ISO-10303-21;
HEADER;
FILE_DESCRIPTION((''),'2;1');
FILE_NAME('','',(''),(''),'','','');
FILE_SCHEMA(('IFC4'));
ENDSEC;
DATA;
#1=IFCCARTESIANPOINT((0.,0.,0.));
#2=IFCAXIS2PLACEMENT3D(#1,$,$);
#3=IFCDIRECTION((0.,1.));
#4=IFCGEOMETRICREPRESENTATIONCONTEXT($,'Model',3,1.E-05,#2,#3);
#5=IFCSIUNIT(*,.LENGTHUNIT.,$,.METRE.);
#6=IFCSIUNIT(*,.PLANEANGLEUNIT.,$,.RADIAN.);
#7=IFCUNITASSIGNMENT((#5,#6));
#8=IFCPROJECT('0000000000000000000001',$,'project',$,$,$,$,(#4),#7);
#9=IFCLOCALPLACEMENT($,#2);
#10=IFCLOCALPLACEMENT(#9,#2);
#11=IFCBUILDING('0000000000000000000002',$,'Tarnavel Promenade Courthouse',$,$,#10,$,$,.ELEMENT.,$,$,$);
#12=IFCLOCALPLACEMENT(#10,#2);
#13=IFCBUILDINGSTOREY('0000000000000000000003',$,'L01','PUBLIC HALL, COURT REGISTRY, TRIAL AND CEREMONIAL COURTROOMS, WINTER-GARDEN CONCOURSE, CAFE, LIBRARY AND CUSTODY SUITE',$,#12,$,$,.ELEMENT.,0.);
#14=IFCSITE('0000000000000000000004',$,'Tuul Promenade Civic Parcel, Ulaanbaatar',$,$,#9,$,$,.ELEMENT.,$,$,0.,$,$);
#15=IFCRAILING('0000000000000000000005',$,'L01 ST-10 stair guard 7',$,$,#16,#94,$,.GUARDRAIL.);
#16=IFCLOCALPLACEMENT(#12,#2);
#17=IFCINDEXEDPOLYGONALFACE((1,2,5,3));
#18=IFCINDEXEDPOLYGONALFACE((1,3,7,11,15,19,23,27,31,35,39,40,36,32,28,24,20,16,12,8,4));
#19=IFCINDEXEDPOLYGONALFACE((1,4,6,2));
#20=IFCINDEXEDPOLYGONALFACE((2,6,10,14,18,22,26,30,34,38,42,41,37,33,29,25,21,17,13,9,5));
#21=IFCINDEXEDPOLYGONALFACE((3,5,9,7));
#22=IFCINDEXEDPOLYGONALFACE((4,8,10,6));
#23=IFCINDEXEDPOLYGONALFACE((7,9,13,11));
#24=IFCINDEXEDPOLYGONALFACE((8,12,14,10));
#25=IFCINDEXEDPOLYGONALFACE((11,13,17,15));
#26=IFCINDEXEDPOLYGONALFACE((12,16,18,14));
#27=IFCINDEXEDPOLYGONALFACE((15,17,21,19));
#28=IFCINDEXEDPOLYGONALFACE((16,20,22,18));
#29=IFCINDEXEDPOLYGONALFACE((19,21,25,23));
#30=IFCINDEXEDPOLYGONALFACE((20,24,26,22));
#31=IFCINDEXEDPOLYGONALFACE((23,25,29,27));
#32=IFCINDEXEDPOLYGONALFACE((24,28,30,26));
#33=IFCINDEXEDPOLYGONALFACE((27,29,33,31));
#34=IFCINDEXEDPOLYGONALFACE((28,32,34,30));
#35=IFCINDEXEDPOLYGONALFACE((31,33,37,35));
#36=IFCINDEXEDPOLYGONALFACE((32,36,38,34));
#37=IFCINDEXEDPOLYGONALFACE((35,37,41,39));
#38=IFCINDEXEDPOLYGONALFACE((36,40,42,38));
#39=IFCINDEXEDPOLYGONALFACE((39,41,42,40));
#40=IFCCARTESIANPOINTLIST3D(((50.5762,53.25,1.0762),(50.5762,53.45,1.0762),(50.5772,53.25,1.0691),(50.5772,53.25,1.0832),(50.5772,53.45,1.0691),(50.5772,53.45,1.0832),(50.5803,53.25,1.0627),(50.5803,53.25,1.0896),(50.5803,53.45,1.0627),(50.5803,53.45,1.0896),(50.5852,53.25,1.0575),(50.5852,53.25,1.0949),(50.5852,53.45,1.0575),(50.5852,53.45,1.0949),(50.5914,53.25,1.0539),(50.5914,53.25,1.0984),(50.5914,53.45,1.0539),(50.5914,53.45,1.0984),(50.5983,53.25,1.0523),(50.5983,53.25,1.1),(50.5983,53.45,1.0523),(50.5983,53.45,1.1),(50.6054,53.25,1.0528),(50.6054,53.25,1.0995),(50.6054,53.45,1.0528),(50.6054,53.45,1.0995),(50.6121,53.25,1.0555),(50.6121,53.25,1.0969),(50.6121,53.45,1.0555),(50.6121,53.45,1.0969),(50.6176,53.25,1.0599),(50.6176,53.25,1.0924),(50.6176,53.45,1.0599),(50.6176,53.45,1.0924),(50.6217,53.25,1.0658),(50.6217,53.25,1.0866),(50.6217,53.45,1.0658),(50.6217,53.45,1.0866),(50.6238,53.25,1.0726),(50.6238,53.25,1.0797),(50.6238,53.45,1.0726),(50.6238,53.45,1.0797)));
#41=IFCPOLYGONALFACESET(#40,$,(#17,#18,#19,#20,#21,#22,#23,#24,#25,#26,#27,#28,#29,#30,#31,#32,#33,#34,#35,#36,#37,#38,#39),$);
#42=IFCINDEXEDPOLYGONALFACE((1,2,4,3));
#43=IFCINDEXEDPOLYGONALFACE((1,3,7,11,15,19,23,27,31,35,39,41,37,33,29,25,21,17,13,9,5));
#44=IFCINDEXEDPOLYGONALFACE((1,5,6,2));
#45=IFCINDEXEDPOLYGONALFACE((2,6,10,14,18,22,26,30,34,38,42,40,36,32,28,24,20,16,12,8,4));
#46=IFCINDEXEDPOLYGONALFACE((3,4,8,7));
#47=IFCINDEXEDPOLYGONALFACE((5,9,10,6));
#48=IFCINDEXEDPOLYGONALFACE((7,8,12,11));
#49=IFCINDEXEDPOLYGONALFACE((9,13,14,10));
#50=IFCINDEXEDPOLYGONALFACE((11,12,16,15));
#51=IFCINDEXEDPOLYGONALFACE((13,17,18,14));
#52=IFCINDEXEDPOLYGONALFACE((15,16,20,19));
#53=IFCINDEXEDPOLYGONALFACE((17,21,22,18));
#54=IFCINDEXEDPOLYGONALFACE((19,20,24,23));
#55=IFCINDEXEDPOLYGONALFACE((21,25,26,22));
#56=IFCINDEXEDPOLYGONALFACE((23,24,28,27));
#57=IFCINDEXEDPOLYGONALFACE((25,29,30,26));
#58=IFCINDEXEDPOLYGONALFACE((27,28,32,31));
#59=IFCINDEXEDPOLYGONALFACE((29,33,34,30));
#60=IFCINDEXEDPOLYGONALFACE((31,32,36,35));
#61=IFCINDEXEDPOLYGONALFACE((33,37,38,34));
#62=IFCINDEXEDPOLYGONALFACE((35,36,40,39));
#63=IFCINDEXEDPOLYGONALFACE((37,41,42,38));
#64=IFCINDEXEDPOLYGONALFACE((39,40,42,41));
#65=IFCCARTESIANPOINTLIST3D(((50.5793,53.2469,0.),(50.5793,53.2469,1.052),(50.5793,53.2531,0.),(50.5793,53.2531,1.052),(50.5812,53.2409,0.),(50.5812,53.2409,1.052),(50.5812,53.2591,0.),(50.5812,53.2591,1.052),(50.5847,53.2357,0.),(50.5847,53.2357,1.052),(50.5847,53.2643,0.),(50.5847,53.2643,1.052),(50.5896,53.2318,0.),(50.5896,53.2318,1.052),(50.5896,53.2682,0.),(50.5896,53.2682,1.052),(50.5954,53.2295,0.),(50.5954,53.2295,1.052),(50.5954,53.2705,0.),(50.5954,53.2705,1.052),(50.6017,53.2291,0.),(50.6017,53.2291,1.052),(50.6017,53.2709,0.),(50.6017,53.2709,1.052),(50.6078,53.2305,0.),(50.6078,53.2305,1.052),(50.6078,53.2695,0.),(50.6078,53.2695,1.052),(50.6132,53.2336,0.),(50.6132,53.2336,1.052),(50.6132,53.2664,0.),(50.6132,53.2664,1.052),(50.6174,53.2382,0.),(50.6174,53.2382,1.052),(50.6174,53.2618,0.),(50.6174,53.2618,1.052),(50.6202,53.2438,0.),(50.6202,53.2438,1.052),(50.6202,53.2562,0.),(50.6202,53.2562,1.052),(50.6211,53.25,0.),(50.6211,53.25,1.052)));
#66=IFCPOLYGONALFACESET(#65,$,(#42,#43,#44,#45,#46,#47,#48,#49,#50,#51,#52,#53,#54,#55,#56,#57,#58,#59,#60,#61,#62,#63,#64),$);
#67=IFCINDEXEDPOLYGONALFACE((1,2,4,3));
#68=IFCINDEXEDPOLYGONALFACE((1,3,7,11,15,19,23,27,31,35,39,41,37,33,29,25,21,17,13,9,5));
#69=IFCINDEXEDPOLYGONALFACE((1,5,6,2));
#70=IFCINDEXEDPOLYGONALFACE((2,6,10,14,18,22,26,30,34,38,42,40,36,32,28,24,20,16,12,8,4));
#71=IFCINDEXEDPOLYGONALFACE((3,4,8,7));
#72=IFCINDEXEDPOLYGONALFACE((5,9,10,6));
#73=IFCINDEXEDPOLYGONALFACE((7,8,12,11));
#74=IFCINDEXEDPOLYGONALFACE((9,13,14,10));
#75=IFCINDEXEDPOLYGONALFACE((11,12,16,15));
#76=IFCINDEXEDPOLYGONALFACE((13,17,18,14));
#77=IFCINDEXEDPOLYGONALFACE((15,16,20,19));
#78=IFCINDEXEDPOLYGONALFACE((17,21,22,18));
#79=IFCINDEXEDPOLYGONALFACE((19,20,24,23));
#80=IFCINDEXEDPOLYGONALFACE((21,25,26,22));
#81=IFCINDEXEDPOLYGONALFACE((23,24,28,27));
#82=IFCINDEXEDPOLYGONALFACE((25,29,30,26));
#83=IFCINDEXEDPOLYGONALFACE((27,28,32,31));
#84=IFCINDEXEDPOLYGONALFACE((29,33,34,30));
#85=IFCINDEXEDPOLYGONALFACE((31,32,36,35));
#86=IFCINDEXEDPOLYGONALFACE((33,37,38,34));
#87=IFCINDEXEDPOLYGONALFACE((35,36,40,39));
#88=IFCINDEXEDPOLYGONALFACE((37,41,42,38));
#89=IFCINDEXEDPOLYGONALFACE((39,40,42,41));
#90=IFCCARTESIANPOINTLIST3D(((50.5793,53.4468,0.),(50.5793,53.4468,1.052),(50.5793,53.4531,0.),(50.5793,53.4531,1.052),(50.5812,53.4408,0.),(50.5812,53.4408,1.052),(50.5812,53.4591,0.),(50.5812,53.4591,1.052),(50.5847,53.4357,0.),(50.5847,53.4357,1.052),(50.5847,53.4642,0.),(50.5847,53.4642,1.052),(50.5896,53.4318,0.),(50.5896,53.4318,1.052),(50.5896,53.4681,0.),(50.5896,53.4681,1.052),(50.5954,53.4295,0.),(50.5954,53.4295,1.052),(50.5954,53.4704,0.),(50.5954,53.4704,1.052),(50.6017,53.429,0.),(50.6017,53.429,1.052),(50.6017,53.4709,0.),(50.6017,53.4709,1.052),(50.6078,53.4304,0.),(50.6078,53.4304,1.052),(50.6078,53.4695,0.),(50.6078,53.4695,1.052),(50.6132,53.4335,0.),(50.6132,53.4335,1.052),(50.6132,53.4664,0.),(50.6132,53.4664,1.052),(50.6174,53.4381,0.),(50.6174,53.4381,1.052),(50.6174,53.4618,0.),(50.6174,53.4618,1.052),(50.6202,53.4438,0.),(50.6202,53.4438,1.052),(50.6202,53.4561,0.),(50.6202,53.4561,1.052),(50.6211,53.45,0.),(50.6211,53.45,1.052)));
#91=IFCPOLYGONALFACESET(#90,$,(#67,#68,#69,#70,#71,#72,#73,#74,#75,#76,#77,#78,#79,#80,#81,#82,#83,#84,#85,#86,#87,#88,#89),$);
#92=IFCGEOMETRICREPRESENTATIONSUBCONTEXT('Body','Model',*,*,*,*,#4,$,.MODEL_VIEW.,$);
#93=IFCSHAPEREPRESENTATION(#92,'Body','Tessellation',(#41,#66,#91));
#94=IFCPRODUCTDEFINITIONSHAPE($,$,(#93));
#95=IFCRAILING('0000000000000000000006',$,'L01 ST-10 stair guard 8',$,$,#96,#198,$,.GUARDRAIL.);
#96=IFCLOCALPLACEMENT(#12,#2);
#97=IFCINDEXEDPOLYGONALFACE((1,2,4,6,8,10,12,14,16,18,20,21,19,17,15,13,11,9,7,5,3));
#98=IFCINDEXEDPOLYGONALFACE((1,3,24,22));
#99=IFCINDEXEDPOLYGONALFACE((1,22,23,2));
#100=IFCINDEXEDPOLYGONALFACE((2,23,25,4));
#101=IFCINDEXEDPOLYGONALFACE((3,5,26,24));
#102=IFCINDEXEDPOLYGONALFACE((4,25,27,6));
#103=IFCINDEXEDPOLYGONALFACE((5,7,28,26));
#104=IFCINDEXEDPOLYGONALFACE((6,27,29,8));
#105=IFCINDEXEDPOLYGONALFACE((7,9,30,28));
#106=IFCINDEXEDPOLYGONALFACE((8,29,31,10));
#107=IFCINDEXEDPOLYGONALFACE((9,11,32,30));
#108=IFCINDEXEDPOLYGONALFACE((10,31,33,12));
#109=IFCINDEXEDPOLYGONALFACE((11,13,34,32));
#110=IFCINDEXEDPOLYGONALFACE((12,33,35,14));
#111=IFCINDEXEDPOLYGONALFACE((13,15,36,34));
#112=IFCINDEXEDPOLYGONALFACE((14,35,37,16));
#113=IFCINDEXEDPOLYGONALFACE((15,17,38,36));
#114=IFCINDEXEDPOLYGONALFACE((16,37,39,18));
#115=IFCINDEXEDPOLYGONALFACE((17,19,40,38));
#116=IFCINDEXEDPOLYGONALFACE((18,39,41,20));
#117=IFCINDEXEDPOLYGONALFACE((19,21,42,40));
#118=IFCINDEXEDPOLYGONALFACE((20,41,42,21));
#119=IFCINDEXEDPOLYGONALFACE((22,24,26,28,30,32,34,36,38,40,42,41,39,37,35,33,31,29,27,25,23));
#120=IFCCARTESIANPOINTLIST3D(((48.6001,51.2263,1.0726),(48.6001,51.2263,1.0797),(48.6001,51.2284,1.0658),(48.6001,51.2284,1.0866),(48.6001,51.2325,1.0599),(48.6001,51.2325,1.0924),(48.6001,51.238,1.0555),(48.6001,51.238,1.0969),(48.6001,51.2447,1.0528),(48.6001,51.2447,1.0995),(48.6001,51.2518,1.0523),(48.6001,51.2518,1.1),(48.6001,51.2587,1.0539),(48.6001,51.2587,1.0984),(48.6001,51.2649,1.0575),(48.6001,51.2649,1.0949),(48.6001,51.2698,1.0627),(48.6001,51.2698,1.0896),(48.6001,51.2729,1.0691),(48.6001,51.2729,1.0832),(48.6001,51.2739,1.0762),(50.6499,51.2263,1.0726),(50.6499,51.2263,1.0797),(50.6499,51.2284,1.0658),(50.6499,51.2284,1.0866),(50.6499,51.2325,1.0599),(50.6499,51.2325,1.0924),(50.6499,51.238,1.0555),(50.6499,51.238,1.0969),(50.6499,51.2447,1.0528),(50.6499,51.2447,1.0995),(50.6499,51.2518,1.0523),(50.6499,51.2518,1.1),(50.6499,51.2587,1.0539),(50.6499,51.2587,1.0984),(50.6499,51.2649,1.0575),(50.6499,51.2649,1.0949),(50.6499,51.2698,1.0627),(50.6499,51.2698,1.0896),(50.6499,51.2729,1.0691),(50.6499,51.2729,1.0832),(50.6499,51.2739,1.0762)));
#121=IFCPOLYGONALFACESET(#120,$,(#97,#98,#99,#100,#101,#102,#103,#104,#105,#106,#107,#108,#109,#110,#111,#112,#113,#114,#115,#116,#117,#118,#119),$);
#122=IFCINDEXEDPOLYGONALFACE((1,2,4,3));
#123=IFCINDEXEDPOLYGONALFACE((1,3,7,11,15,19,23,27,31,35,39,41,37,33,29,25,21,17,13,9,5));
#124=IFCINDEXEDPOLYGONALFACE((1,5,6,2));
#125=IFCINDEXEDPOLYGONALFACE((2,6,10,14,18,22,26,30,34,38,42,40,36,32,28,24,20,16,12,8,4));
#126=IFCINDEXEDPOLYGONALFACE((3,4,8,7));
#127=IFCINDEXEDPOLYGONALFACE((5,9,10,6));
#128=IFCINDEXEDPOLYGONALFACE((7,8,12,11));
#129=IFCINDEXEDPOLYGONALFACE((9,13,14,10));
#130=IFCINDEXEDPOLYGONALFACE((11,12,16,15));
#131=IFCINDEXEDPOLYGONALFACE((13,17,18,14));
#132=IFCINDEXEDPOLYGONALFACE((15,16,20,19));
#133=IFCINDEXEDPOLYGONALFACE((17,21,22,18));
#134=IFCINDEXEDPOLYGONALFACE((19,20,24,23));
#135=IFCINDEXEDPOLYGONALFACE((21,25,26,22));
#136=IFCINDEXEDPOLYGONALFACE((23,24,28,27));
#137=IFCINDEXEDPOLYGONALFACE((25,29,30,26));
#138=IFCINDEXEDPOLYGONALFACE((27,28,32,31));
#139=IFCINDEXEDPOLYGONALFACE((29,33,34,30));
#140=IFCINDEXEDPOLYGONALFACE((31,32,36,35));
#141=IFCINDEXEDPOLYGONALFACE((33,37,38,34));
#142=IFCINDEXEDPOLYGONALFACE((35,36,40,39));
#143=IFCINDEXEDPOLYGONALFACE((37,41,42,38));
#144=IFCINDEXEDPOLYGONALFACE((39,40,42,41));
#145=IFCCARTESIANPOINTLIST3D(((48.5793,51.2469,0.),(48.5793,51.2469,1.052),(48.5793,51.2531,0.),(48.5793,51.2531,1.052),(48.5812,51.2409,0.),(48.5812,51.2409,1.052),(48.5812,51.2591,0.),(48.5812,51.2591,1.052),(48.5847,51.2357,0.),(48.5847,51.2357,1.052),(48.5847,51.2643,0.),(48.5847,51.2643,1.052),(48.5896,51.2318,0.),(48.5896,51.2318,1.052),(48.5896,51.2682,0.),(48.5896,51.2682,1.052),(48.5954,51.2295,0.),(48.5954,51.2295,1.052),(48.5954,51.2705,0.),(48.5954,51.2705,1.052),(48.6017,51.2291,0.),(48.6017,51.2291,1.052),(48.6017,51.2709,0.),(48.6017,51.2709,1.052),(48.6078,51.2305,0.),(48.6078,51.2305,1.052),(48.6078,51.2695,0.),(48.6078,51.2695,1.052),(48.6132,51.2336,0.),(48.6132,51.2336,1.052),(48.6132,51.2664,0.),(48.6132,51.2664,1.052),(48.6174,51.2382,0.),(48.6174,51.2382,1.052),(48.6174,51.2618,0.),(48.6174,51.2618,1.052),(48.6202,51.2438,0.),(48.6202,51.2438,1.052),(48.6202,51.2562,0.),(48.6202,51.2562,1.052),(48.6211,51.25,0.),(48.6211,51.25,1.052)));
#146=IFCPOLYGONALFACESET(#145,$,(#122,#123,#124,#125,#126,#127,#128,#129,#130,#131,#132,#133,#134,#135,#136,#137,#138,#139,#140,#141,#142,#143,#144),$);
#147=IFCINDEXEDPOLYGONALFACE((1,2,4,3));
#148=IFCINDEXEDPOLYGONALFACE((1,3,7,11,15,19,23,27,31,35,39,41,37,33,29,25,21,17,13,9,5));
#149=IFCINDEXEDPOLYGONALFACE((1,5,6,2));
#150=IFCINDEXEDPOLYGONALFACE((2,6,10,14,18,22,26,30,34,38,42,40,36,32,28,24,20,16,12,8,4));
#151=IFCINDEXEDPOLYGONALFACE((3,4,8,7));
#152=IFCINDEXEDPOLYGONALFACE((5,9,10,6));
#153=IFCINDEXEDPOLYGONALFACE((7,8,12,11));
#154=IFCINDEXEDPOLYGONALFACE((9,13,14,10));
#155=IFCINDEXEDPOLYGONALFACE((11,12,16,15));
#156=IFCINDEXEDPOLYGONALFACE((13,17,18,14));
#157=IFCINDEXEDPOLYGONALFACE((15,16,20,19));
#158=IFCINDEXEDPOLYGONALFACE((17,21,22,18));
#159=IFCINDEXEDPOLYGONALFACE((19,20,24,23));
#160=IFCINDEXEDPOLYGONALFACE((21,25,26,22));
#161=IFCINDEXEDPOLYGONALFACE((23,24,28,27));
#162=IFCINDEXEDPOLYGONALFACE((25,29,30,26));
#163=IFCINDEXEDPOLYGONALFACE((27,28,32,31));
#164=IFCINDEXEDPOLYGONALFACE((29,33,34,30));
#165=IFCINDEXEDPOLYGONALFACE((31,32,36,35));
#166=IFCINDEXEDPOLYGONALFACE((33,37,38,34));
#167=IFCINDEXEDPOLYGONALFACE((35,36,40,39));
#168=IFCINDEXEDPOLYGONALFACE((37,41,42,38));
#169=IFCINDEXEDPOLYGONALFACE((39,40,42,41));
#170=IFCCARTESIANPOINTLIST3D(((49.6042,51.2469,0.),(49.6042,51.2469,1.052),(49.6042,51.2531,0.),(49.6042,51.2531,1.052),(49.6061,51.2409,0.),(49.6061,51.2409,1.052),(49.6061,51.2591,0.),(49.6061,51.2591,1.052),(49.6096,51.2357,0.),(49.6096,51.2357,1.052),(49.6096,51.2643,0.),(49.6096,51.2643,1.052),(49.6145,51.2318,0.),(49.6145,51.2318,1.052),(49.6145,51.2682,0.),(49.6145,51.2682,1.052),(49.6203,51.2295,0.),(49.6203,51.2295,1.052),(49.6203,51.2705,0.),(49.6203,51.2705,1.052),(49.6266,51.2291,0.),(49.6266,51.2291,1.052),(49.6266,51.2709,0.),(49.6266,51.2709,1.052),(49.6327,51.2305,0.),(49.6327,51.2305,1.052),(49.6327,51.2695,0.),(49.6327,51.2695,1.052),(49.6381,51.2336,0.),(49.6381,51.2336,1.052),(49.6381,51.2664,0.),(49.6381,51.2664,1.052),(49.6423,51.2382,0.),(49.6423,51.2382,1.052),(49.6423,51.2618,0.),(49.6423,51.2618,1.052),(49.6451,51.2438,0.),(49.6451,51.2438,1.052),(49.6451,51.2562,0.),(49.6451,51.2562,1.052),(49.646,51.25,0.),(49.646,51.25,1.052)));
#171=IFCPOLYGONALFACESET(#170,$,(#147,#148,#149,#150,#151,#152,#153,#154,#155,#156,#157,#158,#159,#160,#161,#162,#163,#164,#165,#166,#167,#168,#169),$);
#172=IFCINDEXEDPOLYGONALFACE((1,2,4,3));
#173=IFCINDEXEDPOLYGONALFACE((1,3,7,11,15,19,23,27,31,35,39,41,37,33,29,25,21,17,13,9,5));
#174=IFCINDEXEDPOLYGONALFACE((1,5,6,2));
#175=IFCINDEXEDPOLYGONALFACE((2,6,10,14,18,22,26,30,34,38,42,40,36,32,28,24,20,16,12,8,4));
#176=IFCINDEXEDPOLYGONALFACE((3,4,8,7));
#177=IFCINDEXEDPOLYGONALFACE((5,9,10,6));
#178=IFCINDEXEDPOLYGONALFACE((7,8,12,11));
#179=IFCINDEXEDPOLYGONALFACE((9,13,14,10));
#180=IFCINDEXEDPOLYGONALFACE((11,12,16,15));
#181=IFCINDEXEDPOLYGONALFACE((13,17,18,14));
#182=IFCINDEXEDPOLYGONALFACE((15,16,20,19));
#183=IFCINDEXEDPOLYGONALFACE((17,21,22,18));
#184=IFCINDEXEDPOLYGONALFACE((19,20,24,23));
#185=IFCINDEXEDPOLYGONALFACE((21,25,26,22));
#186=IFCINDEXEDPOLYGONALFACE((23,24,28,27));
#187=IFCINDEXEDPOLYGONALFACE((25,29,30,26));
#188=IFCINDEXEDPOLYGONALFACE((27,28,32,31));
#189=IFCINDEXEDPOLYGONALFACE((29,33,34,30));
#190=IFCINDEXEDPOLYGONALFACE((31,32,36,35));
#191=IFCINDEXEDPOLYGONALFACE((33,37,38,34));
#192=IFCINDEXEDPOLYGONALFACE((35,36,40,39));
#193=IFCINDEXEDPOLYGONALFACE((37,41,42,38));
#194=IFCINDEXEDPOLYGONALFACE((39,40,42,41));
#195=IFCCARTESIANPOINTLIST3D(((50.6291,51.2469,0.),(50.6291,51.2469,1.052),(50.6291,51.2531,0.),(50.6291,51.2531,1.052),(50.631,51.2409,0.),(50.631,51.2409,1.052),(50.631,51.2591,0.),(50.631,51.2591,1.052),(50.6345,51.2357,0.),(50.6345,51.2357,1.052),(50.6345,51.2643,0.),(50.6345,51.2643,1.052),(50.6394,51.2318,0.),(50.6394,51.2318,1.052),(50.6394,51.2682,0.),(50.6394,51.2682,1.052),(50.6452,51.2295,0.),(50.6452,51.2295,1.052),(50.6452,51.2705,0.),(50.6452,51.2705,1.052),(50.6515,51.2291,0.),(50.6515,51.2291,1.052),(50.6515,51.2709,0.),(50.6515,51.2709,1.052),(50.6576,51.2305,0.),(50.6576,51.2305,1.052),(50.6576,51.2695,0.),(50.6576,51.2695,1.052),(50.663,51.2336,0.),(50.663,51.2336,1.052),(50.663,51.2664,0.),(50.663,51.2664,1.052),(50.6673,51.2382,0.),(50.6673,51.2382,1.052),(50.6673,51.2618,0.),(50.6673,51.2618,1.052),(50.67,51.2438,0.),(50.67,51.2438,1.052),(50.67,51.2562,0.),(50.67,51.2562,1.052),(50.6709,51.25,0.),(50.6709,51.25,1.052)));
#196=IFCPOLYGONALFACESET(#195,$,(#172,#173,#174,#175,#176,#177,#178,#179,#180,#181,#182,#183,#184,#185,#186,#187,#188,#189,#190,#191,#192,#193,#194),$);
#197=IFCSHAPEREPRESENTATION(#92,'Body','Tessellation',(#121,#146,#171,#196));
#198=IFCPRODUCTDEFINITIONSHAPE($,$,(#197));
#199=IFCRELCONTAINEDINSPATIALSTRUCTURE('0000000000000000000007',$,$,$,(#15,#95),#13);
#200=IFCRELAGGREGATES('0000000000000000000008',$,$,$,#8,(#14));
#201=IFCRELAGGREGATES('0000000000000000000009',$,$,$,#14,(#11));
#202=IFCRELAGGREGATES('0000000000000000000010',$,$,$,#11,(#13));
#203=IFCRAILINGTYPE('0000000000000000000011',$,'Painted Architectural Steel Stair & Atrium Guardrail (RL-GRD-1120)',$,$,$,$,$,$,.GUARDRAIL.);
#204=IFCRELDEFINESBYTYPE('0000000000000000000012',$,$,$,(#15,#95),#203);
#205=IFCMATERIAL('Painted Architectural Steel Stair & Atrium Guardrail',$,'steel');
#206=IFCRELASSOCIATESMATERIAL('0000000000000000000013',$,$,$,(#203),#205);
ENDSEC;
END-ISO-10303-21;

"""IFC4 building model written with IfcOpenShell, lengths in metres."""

from ifc_helpers import new_model, si_unit, direction, frame, origin, origin_2d, place, context, subcontext, project, spatial, circle, extrude, material, type_object, element, save


model = new_model("IFC4")

# Units and contexts
model_context = context("Model", 3, precision=1e-05, world=origin(), true_north=direction((0.0, 1.0)))
body_context = subcontext(model_context, "Body", "Model", "MODEL_VIEW")
ifc_project = project(units=[si_unit("LENGTHUNIT", "METRE"), si_unit("PLANEANGLEUNIT", "RADIAN")], contexts=[model_context])

# Site, building, storey
site_placement = place(None, origin())
site = spatial("IfcSite", under=ifc_project, at=site_placement, Name="Tuul Promenade Civic Parcel, Ulaanbaatar", CompositionType="ELEMENT", RefElevation=0.0)
building_placement = place(site_placement, origin())
building = spatial("IfcBuilding", under=site, at=building_placement, Name="Tarnavel Promenade Courthouse", CompositionType="ELEMENT")
storey_placement = place(building_placement, origin())
storey = spatial("IfcBuildingStorey", under=building, at=storey_placement, Name="L01", Description="PUBLIC HALL, COURT REGISTRY, TRIAL AND CEREMONIAL COURTROOMS, WINTER-GARDEN CONCOURSE, CAFE, LIBRARY AND CUSTODY SUITE", CompositionType="ELEMENT", Elevation=0.0)

# Railings
ifc_material_1 = material(Name="Painted Architectural Steel Stair & Atrium Guardrail", Category="steel")
railing_type_1 = type_object("IfcRailingType", Name="Painted Architectural Steel Stair & Atrium Guardrail (RL-GRD-1120)", PredefinedType="GUARDRAIL", material=ifc_material_1)
railing_1_placement = place(storey_placement, frame((50.6001, 53.25, 0.0)))
element("IfcRailing", 1, at=railing_1_placement, inside=storey, type_object=railing_type_1, Name="L01 ST-10 stair guard 7", PredefinedType="GUARDRAIL", context=body_context, shape_type="SweptSolid", body=[
    extrude(circle(Radius=0.0239, at=origin_2d()), frame((0.0, 0.0, 1.0762), z_axis=(0.0, 1.0, 0.0), x_axis=(-1.0, 0.0, 0.0)), (0.0, 0.0, 1.0), 0.2),
    extrude(circle(Radius=0.021, at=origin_2d()), origin(), (0.0, 0.0, 1.0), 1.052),
    extrude(circle(Radius=0.021, at=origin_2d()), frame((0.0, 0.2, 0.0)), (0.0, 0.0, 1.0), 1.052),
])
railing_2_placement = place(storey_placement, frame((48.6001, 51.25, 0.0)))
element("IfcRailing", 2, at=railing_2_placement, inside=storey, type_object=railing_type_1, Name="L01 ST-10 stair guard 8", PredefinedType="GUARDRAIL", context=body_context, shape_type="SweptSolid", body=[
    extrude(circle(Radius=0.0239, at=origin_2d()), frame((0.0, 0.0, 1.0762), z_axis=(1.0, 0.0, 0.0), x_axis=(0.0, 1.0, 0.0)), (0.0, 0.0, 1.0), 2.0498),
    extrude(circle(Radius=0.021, at=origin_2d()), origin(), (0.0, 0.0, 1.0), 1.052),
    extrude(circle(Radius=0.021, at=origin_2d()), frame((1.0249, 0.0, 0.0)), (0.0, 0.0, 1.0), 1.052),
    extrude(circle(Radius=0.021, at=origin_2d()), frame((2.0498, 0.0, 0.0)), (0.0, 0.0, 1.0), 1.052),
])

save(model, "model.ifc")
